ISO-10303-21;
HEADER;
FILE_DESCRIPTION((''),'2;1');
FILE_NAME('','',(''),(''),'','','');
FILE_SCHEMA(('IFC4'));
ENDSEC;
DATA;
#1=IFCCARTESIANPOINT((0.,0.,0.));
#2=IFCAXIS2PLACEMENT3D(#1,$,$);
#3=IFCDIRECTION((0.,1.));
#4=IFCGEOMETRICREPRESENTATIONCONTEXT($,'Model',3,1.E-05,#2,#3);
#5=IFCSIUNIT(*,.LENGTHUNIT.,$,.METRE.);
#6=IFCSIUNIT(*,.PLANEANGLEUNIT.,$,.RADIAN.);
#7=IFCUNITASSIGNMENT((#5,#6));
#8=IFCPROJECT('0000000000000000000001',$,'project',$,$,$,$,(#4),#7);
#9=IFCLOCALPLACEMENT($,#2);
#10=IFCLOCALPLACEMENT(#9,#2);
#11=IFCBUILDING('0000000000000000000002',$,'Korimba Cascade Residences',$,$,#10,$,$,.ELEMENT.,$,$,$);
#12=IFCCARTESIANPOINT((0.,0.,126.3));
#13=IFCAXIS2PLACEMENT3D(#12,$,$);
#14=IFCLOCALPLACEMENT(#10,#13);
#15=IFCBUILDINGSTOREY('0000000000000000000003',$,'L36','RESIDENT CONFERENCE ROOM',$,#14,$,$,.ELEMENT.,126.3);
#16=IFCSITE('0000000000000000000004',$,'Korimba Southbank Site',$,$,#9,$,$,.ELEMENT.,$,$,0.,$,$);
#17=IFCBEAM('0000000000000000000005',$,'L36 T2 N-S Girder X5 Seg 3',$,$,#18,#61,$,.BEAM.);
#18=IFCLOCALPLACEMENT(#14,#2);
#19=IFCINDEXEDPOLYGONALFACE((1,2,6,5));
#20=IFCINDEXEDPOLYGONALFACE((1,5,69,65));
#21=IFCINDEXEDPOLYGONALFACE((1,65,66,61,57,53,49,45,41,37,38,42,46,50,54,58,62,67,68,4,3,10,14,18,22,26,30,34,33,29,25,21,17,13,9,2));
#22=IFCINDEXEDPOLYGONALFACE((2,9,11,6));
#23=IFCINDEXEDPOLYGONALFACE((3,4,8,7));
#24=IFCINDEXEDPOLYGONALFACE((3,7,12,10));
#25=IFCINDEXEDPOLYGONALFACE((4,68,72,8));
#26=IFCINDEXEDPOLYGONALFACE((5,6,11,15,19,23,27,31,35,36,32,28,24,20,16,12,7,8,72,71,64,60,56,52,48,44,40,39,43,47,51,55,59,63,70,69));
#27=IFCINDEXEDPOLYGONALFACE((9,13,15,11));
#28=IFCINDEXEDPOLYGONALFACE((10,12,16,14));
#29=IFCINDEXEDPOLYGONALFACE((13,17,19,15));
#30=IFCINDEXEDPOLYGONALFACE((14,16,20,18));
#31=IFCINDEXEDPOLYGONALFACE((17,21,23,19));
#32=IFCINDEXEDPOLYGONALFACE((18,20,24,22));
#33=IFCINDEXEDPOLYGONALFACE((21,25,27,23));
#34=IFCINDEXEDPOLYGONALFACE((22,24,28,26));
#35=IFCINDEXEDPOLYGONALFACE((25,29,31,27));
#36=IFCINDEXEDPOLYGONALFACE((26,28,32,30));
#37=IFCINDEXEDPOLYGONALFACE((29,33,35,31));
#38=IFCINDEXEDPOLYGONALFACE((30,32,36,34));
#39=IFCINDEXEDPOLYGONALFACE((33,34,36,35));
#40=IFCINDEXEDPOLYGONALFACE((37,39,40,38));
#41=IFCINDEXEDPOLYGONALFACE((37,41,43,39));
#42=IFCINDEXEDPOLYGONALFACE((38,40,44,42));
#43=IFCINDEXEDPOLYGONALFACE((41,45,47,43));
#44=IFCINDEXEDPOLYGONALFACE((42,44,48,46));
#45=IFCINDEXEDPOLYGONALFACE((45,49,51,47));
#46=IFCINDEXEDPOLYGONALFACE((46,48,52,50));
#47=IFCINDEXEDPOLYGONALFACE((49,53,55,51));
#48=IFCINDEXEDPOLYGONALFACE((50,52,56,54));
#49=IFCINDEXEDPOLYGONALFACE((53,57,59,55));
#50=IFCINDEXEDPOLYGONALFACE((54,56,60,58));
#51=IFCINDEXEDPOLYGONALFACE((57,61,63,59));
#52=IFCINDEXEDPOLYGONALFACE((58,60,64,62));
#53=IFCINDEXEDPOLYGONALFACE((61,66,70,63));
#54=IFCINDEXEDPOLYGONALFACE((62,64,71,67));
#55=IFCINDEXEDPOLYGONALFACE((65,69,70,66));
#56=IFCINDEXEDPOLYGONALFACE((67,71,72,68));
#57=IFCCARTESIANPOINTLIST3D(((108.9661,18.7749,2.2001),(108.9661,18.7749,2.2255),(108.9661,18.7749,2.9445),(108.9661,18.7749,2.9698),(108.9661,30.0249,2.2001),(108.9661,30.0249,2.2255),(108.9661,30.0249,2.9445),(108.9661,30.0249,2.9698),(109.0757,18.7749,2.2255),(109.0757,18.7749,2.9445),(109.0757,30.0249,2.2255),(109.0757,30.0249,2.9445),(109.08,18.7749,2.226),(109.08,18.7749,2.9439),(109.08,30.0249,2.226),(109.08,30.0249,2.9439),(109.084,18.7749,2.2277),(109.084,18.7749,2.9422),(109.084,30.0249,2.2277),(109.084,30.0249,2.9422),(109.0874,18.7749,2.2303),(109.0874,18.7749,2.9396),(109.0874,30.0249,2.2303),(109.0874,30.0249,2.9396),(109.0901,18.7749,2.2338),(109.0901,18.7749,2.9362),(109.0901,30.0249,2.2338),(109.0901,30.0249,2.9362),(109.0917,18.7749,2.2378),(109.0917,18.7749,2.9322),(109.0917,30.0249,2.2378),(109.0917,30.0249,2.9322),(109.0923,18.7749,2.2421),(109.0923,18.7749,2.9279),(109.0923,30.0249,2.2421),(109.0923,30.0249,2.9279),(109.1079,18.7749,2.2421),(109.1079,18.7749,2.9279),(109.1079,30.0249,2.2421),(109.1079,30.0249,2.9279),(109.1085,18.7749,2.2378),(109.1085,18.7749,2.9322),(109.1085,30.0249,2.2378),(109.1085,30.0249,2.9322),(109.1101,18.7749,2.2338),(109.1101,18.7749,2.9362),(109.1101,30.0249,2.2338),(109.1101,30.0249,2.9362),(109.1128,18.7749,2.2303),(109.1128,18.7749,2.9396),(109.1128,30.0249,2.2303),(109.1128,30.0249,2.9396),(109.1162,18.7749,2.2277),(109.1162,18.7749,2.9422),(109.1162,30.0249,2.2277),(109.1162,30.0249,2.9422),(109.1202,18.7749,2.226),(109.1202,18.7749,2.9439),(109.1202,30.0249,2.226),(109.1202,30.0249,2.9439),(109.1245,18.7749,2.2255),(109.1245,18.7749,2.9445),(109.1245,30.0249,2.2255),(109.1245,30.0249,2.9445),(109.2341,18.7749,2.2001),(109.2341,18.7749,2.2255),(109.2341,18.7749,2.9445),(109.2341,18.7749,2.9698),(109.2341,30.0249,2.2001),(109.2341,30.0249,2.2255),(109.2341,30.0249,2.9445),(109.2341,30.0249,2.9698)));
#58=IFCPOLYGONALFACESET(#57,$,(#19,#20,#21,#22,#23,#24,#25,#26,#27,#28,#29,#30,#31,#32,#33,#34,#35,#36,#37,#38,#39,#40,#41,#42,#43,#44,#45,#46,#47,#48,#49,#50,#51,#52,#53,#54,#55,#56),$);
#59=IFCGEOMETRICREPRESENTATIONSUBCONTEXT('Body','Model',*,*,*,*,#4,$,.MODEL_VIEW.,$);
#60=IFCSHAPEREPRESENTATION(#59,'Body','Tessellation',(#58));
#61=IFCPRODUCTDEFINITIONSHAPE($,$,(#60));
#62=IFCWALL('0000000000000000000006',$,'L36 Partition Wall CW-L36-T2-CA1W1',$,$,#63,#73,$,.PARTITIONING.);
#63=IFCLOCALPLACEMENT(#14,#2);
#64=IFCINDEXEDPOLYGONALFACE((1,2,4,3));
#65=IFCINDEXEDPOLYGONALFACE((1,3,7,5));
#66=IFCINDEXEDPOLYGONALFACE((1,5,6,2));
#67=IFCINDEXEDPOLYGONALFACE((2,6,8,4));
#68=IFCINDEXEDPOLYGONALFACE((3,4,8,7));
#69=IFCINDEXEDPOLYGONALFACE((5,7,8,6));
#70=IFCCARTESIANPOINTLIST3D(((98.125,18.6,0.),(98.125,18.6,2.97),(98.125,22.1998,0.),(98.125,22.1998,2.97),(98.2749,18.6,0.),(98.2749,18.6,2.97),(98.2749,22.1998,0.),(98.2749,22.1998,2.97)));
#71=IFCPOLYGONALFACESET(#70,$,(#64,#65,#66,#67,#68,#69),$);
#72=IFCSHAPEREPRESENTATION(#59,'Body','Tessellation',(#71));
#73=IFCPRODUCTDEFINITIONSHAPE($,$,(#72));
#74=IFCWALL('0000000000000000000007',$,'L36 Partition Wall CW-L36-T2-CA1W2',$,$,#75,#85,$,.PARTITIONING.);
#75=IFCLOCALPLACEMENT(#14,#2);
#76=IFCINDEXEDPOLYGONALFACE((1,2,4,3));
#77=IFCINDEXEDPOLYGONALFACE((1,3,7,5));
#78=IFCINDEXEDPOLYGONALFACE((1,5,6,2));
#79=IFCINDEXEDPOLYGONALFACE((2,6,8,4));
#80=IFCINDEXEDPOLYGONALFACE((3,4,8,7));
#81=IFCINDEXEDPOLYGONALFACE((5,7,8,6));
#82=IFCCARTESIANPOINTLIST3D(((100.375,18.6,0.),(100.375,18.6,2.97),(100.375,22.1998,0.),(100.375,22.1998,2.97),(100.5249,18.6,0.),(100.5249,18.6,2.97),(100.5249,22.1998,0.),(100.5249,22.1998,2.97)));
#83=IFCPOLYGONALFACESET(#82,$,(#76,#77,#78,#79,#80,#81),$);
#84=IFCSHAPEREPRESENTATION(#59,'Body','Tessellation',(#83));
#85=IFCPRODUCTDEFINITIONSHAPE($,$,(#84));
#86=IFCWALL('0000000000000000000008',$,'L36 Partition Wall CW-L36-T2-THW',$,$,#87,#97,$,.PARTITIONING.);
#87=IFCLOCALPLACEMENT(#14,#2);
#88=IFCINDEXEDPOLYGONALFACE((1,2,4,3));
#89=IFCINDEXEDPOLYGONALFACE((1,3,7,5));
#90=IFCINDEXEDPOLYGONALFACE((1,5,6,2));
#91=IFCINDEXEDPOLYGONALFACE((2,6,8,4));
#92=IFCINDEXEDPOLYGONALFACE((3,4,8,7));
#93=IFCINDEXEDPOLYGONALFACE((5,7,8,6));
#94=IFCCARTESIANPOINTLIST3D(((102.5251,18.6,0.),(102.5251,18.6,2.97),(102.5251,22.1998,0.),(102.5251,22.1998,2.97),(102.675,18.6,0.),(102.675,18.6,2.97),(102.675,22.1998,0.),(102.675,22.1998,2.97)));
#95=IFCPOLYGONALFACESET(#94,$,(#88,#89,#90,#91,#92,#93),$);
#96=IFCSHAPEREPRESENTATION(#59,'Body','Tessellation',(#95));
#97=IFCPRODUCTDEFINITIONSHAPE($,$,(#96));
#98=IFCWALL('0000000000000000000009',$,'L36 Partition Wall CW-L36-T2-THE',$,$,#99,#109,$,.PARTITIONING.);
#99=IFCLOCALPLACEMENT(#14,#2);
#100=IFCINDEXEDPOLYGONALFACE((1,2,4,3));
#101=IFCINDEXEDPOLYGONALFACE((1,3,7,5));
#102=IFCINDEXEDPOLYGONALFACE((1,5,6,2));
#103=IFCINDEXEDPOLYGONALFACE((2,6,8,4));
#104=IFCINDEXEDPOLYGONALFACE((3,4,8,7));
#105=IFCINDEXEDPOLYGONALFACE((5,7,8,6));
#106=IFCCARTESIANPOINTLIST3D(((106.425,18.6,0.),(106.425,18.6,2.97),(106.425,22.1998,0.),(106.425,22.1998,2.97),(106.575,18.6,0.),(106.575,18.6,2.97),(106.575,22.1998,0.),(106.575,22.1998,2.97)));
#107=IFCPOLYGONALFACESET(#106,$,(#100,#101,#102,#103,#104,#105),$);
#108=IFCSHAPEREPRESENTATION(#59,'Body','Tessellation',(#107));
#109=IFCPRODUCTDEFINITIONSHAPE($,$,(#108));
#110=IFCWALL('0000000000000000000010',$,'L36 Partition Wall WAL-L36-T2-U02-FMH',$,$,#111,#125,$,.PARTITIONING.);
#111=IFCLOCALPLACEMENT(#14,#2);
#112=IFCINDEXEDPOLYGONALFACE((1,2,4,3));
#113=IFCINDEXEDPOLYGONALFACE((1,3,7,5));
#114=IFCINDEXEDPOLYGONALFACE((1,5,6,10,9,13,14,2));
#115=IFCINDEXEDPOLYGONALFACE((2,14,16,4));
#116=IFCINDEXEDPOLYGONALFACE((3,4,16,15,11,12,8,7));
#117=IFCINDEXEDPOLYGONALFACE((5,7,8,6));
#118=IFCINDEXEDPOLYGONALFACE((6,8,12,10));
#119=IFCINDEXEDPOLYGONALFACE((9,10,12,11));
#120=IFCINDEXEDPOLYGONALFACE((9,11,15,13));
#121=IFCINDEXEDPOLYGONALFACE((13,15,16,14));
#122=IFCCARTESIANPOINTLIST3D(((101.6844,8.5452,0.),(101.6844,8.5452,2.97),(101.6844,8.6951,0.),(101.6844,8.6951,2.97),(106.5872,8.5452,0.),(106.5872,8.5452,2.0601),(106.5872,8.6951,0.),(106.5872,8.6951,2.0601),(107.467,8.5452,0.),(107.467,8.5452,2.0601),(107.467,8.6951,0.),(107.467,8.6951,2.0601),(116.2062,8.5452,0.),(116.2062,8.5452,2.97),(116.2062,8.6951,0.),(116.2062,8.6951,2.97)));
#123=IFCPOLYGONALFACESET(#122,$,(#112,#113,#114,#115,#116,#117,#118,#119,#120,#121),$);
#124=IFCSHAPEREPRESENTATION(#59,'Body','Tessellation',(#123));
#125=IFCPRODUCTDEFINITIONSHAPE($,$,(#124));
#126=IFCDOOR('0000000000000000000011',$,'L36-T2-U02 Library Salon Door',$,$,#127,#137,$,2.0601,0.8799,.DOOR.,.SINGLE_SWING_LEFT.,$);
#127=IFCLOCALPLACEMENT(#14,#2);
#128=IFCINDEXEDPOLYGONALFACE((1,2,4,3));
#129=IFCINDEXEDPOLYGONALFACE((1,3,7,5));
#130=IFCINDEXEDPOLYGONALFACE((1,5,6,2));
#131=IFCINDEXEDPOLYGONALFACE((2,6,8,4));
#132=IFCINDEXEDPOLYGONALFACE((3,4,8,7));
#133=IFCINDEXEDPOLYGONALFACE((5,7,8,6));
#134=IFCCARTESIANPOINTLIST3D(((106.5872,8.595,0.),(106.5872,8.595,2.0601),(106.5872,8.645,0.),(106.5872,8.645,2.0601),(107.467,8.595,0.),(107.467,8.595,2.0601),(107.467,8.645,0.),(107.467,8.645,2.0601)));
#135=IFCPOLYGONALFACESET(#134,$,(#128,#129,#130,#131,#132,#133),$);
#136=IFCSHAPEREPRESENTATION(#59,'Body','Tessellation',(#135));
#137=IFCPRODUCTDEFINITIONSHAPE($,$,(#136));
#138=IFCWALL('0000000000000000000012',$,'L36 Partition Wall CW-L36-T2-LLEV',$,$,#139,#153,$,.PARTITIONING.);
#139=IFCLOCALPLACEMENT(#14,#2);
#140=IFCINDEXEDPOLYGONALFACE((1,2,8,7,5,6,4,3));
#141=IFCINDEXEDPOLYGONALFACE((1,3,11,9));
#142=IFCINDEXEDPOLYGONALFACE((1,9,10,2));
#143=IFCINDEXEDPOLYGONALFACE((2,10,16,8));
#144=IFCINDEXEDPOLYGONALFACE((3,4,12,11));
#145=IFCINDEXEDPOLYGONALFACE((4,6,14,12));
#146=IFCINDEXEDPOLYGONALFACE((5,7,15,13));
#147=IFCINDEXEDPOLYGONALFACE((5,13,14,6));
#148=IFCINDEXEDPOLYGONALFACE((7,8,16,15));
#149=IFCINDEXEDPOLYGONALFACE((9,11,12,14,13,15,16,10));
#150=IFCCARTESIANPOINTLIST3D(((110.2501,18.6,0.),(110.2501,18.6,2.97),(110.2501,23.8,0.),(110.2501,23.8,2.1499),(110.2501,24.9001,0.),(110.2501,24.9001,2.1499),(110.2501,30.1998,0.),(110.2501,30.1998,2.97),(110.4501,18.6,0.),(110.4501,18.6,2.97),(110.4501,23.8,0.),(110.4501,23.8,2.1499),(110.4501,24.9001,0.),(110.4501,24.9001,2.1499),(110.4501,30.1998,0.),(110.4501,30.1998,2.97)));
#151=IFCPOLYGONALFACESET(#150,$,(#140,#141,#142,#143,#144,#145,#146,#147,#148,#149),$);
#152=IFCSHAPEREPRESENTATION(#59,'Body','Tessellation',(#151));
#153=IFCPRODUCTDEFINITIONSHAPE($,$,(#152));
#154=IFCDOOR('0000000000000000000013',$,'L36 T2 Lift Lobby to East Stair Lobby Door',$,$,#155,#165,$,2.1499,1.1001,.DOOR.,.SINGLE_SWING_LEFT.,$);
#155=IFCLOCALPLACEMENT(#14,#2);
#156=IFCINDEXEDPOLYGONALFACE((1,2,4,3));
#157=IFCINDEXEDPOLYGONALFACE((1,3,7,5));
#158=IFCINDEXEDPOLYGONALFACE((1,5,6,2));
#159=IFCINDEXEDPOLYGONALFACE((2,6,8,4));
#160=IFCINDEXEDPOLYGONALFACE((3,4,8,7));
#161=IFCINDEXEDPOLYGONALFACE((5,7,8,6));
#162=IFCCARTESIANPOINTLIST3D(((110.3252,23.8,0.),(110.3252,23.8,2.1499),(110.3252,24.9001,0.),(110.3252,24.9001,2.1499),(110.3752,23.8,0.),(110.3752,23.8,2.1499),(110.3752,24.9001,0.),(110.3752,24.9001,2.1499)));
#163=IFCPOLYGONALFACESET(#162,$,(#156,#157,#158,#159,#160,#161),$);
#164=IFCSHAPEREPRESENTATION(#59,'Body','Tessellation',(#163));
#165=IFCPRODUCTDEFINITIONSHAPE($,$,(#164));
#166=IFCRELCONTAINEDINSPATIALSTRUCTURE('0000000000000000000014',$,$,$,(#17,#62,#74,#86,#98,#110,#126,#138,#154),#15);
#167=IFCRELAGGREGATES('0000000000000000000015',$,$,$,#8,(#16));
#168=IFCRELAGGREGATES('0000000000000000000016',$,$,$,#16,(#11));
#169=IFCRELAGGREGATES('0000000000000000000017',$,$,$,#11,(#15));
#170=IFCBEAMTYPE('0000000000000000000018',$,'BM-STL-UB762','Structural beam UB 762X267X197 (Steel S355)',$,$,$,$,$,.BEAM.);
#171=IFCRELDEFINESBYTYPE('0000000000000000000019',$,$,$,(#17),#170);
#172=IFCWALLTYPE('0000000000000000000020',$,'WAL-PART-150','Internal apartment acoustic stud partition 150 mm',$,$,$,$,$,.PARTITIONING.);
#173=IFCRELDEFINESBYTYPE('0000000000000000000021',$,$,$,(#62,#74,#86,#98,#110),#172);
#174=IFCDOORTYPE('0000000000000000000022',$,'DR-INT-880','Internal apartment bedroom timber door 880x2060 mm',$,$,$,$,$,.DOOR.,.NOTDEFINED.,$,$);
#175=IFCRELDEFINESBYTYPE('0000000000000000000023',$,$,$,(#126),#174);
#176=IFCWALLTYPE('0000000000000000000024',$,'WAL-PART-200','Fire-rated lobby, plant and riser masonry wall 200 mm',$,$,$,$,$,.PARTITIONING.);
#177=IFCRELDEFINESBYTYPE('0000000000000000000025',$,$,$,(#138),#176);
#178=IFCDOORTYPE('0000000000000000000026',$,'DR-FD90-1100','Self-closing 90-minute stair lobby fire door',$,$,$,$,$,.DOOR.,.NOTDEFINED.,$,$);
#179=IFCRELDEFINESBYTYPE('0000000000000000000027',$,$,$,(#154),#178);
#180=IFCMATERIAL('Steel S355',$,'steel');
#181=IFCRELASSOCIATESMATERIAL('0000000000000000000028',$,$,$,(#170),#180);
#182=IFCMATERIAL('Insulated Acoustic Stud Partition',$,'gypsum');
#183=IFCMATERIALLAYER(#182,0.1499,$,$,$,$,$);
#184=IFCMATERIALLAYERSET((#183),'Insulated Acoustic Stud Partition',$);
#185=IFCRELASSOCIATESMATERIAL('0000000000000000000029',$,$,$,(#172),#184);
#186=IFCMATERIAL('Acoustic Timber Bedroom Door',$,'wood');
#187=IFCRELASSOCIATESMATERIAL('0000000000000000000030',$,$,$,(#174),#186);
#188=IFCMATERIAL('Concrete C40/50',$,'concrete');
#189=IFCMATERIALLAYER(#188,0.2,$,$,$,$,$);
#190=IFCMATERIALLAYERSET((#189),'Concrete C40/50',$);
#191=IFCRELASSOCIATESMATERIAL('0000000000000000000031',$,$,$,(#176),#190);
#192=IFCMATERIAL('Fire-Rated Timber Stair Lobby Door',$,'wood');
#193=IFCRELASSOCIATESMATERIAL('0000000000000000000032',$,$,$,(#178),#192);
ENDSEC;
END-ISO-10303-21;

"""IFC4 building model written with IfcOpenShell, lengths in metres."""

from ifc_helpers import new_model, si_unit, direction, frame, frame_2d, origin, origin_2d, place, context, subcontext, project, spatial, rectangle, i_section, extrude, material, layer, layer_set, material_profile, profile_set, type_object, element, fill, save


model = new_model("IFC4")

# Units and contexts
model_context = context("Model", 3, precision=1e-05, world=origin(), true_north=direction((0.0, 1.0)))
body_context = subcontext(model_context, "Body", "Model", "MODEL_VIEW")
ifc_project = project(units=[si_unit("LENGTHUNIT", "METRE"), si_unit("PLANEANGLEUNIT", "RADIAN")], contexts=[model_context])

# Site, building, storey
site_placement = place(None, origin())
site = spatial("IfcSite", under=ifc_project, at=site_placement, Name="Korimba Southbank Site", CompositionType="ELEMENT", RefElevation=0.0)
building_placement = place(site_placement, origin())
building = spatial("IfcBuilding", under=site, at=building_placement, Name="Korimba Cascade Residences", CompositionType="ELEMENT")
storey_placement = place(building_placement, frame((0.0, 0.0, 126.3)))
storey = spatial("IfcBuildingStorey", under=building, at=storey_placement, Name="L36", Description="RESIDENT CONFERENCE ROOM", CompositionType="ELEMENT", Elevation=126.3)

# Beam
ifc_material_1 = material(Name="Steel S355", Category="steel")
ifc_material_profile_1 = material_profile(ifc_material_1, i_section(OverallWidth=0.2681, OverallDepth=0.7698, WebThickness=0.0156, FlangeThickness=0.0254, FilletRadius=0.0166, at=origin_2d()), Name="Steel S355")
ifc_profile_set_1 = profile_set([ifc_material_profile_1], Name="Steel S355")
beam_type = type_object("IfcBeamType", Name="BM-STL-UB762", Description="Structural beam UB 762X267X197 (Steel S355)", PredefinedType="BEAM", material=ifc_profile_set_1)
beam_1_placement = place(storey_placement, frame((109.1001, 18.7749, 2.585), z_axis=(0.0, 1.0, 0.0), x_axis=(-1.0, 0.0, 0.0)))
element("IfcBeam", 1, at=beam_1_placement, inside=storey, type_object=beam_type, Name="L36 T2 N-S Girder X5 Seg 3", PredefinedType="BEAM", context=body_context, shape_type="SweptSolid", body=[
    extrude(i_section(OverallWidth=0.2681, OverallDepth=0.7698, WebThickness=0.0156, FlangeThickness=0.0254, FilletRadius=0.0166, at=origin_2d()), origin(), (0.0, 0.0, 1.0), 11.25),
])

# Walls
ifc_material_2 = material(Name="Insulated Acoustic Stud Partition", Category="gypsum")
ifc_layer_1 = layer(ifc_material_2, 0.1499)
ifc_layer_set_1 = layer_set([ifc_layer_1], Name="Insulated Acoustic Stud Partition")
wall_type_1 = type_object("IfcWallType", Name="WAL-PART-150", Description="Internal apartment acoustic stud partition 150 mm", PredefinedType="PARTITIONING", material=ifc_layer_set_1)
for number, where, z_axis, x_axis, name in (
    (2, (98.2, 18.6001, 0.0), (0.0, 0.0, 1.0), (0.0, 1.0, 0.0), "L36 Partition Wall CW-L36-T2-CA1W1"),
    (3, (100.45, 18.6001, 0.0), (0.0, 0.0, 1.0), (0.0, 1.0, 0.0), "L36 Partition Wall CW-L36-T2-CA1W2"),
    (4, (102.6001, 18.6001, 0.0), (0.0, 0.0, 1.0), (0.0, 1.0, 0.0), "L36 Partition Wall CW-L36-T2-THW"),
    (5, (106.5, 18.6001, 0.0), (0.0, 0.0, 1.0), (0.0, 1.0, 0.0), "L36 Partition Wall CW-L36-T2-THE"),
):
    element("IfcWall", number, at=place(storey_placement, frame(where, z_axis=z_axis, x_axis=x_axis)), inside=storey, type_object=wall_type_1, Name=name, PredefinedType="PARTITIONING", context=body_context, shape_type="SweptSolid", body=[
        extrude(rectangle(XDim=3.5999, YDim=0.1499, at=frame_2d((1.7998, 0.0))), origin(), (0.0, 0.0, 1.0), 2.97),
    ])

# Walls, openings, doors
wall_1_placement = place(storey_placement, frame((101.6846, 8.6201, 0.0), z_axis=(0.0, 0.0, 1.0), x_axis=(1.0, 0.0, 0.0)))
wall_1 = element("IfcWall", 6, at=wall_1_placement, inside=storey, type_object=wall_type_1, Name="L36 Partition Wall WAL-L36-T2-U02-FMH", PredefinedType="PARTITIONING", context=body_context, shape_type="SweptSolid", body=[
    extrude(rectangle(XDim=14.5217, YDim=0.1499, at=frame_2d((7.2607, 0.0))), origin(), (0.0, 0.0, 1.0), 2.97),
])
opening_1_placement = place(wall_1_placement, frame((4.9026, 0.0, 0.0)))
opening_1 = element("IfcOpeningElement", 7, at=opening_1_placement, cuts=wall_1, PredefinedType="OPENING", context=body_context, shape_type="SweptSolid", body=[
    extrude(rectangle(XDim=0.8799, YDim=2.0601, at=frame_2d((0.4399, 1.03))), frame((0.0, 0.085, 0.0), z_axis=(0.0, -1.0, 0.0), x_axis=(1.0, 0.0, 0.0)), (0.0, 0.0, 1.0), 0.1699),
])
ifc_material_3 = material(Name="Acoustic Timber Bedroom Door", Category="wood")
door_type_1 = type_object("IfcDoorType", Name="DR-INT-880", Description="Internal apartment bedroom timber door 880x2060 mm", OperationType="NOTDEFINED", PredefinedType="DOOR", material=ifc_material_3)
door_1_placement = place(opening_1_placement, origin())
door_1 = element("IfcDoor", 8, at=door_1_placement, inside=storey, type_object=door_type_1, Name="L36-T2-U02 Library Salon Door", OperationType="SINGLE_SWING_LEFT", OverallHeight=2.0601, OverallWidth=0.8799, PredefinedType="DOOR", context=body_context, shape_type="SweptSolid", body=[
    extrude(rectangle(XDim=0.8799, YDim=2.0601, at=frame_2d((0.4399, 1.03))), frame((0.0, 0.0249, 0.0), z_axis=(0.0, -1.0, 0.0), x_axis=(1.0, 0.0, 0.0)), (0.0, 0.0, 1.0), 0.05),
])
fill(opening_1, door_1)
ifc_material_4 = material(Name="Concrete C40/50", Category="concrete")
ifc_layer_2 = layer(ifc_material_4, 0.2)
ifc_layer_set_2 = layer_set([ifc_layer_2], Name="Concrete C40/50")
wall_type_2 = type_object("IfcWallType", Name="WAL-PART-200", Description="Fire-rated lobby, plant and riser masonry wall 200 mm", PredefinedType="PARTITIONING", material=ifc_layer_set_2)
wall_2_placement = place(storey_placement, frame((110.3501, 18.6001, 0.0), z_axis=(0.0, 0.0, 1.0), x_axis=(0.0, 1.0, 0.0)))
wall_2 = element("IfcWall", 9, at=wall_2_placement, inside=storey, type_object=wall_type_2, Name="L36 Partition Wall CW-L36-T2-LLEV", PredefinedType="PARTITIONING", context=body_context, shape_type="SweptSolid", body=[
    extrude(rectangle(XDim=11.5999, YDim=0.2, at=frame_2d((5.7998, 0.0))), origin(), (0.0, 0.0, 1.0), 2.97),
])
opening_2_placement = place(wall_2_placement, frame((5.2, 0.0, 0.0)))
opening_2 = element("IfcOpeningElement", 10, at=opening_2_placement, cuts=wall_2, PredefinedType="OPENING", context=body_context, shape_type="SweptSolid", body=[
    extrude(rectangle(XDim=1.1001, YDim=2.1499, at=frame_2d((0.55, 1.075))), frame((0.0, 0.1099, 0.0), z_axis=(0.0, -1.0, 0.0), x_axis=(1.0, 0.0, 0.0)), (0.0, 0.0, 1.0), 0.22),
])
ifc_material_5 = material(Name="Fire-Rated Timber Stair Lobby Door", Category="wood")
door_type_2 = type_object("IfcDoorType", Name="DR-FD90-1100", Description="Self-closing 90-minute stair lobby fire door", OperationType="NOTDEFINED", PredefinedType="DOOR", material=ifc_material_5)
door_2_placement = place(opening_2_placement, origin())
door_2 = element("IfcDoor", 11, at=door_2_placement, inside=storey, type_object=door_type_2, Name="L36 T2 Lift Lobby to East Stair Lobby Door", OperationType="SINGLE_SWING_LEFT", OverallHeight=2.1499, OverallWidth=1.1001, PredefinedType="DOOR", context=body_context, shape_type="SweptSolid", body=[
    extrude(rectangle(XDim=1.1001, YDim=2.1499, at=frame_2d((0.55, 1.075))), frame((0.0, 0.0249, 0.0), z_axis=(0.0, -1.0, 0.0), x_axis=(1.0, 0.0, 0.0)), (0.0, 0.0, 1.0), 0.05),
])
fill(opening_2, door_2)

save(model, "model.ifc")
